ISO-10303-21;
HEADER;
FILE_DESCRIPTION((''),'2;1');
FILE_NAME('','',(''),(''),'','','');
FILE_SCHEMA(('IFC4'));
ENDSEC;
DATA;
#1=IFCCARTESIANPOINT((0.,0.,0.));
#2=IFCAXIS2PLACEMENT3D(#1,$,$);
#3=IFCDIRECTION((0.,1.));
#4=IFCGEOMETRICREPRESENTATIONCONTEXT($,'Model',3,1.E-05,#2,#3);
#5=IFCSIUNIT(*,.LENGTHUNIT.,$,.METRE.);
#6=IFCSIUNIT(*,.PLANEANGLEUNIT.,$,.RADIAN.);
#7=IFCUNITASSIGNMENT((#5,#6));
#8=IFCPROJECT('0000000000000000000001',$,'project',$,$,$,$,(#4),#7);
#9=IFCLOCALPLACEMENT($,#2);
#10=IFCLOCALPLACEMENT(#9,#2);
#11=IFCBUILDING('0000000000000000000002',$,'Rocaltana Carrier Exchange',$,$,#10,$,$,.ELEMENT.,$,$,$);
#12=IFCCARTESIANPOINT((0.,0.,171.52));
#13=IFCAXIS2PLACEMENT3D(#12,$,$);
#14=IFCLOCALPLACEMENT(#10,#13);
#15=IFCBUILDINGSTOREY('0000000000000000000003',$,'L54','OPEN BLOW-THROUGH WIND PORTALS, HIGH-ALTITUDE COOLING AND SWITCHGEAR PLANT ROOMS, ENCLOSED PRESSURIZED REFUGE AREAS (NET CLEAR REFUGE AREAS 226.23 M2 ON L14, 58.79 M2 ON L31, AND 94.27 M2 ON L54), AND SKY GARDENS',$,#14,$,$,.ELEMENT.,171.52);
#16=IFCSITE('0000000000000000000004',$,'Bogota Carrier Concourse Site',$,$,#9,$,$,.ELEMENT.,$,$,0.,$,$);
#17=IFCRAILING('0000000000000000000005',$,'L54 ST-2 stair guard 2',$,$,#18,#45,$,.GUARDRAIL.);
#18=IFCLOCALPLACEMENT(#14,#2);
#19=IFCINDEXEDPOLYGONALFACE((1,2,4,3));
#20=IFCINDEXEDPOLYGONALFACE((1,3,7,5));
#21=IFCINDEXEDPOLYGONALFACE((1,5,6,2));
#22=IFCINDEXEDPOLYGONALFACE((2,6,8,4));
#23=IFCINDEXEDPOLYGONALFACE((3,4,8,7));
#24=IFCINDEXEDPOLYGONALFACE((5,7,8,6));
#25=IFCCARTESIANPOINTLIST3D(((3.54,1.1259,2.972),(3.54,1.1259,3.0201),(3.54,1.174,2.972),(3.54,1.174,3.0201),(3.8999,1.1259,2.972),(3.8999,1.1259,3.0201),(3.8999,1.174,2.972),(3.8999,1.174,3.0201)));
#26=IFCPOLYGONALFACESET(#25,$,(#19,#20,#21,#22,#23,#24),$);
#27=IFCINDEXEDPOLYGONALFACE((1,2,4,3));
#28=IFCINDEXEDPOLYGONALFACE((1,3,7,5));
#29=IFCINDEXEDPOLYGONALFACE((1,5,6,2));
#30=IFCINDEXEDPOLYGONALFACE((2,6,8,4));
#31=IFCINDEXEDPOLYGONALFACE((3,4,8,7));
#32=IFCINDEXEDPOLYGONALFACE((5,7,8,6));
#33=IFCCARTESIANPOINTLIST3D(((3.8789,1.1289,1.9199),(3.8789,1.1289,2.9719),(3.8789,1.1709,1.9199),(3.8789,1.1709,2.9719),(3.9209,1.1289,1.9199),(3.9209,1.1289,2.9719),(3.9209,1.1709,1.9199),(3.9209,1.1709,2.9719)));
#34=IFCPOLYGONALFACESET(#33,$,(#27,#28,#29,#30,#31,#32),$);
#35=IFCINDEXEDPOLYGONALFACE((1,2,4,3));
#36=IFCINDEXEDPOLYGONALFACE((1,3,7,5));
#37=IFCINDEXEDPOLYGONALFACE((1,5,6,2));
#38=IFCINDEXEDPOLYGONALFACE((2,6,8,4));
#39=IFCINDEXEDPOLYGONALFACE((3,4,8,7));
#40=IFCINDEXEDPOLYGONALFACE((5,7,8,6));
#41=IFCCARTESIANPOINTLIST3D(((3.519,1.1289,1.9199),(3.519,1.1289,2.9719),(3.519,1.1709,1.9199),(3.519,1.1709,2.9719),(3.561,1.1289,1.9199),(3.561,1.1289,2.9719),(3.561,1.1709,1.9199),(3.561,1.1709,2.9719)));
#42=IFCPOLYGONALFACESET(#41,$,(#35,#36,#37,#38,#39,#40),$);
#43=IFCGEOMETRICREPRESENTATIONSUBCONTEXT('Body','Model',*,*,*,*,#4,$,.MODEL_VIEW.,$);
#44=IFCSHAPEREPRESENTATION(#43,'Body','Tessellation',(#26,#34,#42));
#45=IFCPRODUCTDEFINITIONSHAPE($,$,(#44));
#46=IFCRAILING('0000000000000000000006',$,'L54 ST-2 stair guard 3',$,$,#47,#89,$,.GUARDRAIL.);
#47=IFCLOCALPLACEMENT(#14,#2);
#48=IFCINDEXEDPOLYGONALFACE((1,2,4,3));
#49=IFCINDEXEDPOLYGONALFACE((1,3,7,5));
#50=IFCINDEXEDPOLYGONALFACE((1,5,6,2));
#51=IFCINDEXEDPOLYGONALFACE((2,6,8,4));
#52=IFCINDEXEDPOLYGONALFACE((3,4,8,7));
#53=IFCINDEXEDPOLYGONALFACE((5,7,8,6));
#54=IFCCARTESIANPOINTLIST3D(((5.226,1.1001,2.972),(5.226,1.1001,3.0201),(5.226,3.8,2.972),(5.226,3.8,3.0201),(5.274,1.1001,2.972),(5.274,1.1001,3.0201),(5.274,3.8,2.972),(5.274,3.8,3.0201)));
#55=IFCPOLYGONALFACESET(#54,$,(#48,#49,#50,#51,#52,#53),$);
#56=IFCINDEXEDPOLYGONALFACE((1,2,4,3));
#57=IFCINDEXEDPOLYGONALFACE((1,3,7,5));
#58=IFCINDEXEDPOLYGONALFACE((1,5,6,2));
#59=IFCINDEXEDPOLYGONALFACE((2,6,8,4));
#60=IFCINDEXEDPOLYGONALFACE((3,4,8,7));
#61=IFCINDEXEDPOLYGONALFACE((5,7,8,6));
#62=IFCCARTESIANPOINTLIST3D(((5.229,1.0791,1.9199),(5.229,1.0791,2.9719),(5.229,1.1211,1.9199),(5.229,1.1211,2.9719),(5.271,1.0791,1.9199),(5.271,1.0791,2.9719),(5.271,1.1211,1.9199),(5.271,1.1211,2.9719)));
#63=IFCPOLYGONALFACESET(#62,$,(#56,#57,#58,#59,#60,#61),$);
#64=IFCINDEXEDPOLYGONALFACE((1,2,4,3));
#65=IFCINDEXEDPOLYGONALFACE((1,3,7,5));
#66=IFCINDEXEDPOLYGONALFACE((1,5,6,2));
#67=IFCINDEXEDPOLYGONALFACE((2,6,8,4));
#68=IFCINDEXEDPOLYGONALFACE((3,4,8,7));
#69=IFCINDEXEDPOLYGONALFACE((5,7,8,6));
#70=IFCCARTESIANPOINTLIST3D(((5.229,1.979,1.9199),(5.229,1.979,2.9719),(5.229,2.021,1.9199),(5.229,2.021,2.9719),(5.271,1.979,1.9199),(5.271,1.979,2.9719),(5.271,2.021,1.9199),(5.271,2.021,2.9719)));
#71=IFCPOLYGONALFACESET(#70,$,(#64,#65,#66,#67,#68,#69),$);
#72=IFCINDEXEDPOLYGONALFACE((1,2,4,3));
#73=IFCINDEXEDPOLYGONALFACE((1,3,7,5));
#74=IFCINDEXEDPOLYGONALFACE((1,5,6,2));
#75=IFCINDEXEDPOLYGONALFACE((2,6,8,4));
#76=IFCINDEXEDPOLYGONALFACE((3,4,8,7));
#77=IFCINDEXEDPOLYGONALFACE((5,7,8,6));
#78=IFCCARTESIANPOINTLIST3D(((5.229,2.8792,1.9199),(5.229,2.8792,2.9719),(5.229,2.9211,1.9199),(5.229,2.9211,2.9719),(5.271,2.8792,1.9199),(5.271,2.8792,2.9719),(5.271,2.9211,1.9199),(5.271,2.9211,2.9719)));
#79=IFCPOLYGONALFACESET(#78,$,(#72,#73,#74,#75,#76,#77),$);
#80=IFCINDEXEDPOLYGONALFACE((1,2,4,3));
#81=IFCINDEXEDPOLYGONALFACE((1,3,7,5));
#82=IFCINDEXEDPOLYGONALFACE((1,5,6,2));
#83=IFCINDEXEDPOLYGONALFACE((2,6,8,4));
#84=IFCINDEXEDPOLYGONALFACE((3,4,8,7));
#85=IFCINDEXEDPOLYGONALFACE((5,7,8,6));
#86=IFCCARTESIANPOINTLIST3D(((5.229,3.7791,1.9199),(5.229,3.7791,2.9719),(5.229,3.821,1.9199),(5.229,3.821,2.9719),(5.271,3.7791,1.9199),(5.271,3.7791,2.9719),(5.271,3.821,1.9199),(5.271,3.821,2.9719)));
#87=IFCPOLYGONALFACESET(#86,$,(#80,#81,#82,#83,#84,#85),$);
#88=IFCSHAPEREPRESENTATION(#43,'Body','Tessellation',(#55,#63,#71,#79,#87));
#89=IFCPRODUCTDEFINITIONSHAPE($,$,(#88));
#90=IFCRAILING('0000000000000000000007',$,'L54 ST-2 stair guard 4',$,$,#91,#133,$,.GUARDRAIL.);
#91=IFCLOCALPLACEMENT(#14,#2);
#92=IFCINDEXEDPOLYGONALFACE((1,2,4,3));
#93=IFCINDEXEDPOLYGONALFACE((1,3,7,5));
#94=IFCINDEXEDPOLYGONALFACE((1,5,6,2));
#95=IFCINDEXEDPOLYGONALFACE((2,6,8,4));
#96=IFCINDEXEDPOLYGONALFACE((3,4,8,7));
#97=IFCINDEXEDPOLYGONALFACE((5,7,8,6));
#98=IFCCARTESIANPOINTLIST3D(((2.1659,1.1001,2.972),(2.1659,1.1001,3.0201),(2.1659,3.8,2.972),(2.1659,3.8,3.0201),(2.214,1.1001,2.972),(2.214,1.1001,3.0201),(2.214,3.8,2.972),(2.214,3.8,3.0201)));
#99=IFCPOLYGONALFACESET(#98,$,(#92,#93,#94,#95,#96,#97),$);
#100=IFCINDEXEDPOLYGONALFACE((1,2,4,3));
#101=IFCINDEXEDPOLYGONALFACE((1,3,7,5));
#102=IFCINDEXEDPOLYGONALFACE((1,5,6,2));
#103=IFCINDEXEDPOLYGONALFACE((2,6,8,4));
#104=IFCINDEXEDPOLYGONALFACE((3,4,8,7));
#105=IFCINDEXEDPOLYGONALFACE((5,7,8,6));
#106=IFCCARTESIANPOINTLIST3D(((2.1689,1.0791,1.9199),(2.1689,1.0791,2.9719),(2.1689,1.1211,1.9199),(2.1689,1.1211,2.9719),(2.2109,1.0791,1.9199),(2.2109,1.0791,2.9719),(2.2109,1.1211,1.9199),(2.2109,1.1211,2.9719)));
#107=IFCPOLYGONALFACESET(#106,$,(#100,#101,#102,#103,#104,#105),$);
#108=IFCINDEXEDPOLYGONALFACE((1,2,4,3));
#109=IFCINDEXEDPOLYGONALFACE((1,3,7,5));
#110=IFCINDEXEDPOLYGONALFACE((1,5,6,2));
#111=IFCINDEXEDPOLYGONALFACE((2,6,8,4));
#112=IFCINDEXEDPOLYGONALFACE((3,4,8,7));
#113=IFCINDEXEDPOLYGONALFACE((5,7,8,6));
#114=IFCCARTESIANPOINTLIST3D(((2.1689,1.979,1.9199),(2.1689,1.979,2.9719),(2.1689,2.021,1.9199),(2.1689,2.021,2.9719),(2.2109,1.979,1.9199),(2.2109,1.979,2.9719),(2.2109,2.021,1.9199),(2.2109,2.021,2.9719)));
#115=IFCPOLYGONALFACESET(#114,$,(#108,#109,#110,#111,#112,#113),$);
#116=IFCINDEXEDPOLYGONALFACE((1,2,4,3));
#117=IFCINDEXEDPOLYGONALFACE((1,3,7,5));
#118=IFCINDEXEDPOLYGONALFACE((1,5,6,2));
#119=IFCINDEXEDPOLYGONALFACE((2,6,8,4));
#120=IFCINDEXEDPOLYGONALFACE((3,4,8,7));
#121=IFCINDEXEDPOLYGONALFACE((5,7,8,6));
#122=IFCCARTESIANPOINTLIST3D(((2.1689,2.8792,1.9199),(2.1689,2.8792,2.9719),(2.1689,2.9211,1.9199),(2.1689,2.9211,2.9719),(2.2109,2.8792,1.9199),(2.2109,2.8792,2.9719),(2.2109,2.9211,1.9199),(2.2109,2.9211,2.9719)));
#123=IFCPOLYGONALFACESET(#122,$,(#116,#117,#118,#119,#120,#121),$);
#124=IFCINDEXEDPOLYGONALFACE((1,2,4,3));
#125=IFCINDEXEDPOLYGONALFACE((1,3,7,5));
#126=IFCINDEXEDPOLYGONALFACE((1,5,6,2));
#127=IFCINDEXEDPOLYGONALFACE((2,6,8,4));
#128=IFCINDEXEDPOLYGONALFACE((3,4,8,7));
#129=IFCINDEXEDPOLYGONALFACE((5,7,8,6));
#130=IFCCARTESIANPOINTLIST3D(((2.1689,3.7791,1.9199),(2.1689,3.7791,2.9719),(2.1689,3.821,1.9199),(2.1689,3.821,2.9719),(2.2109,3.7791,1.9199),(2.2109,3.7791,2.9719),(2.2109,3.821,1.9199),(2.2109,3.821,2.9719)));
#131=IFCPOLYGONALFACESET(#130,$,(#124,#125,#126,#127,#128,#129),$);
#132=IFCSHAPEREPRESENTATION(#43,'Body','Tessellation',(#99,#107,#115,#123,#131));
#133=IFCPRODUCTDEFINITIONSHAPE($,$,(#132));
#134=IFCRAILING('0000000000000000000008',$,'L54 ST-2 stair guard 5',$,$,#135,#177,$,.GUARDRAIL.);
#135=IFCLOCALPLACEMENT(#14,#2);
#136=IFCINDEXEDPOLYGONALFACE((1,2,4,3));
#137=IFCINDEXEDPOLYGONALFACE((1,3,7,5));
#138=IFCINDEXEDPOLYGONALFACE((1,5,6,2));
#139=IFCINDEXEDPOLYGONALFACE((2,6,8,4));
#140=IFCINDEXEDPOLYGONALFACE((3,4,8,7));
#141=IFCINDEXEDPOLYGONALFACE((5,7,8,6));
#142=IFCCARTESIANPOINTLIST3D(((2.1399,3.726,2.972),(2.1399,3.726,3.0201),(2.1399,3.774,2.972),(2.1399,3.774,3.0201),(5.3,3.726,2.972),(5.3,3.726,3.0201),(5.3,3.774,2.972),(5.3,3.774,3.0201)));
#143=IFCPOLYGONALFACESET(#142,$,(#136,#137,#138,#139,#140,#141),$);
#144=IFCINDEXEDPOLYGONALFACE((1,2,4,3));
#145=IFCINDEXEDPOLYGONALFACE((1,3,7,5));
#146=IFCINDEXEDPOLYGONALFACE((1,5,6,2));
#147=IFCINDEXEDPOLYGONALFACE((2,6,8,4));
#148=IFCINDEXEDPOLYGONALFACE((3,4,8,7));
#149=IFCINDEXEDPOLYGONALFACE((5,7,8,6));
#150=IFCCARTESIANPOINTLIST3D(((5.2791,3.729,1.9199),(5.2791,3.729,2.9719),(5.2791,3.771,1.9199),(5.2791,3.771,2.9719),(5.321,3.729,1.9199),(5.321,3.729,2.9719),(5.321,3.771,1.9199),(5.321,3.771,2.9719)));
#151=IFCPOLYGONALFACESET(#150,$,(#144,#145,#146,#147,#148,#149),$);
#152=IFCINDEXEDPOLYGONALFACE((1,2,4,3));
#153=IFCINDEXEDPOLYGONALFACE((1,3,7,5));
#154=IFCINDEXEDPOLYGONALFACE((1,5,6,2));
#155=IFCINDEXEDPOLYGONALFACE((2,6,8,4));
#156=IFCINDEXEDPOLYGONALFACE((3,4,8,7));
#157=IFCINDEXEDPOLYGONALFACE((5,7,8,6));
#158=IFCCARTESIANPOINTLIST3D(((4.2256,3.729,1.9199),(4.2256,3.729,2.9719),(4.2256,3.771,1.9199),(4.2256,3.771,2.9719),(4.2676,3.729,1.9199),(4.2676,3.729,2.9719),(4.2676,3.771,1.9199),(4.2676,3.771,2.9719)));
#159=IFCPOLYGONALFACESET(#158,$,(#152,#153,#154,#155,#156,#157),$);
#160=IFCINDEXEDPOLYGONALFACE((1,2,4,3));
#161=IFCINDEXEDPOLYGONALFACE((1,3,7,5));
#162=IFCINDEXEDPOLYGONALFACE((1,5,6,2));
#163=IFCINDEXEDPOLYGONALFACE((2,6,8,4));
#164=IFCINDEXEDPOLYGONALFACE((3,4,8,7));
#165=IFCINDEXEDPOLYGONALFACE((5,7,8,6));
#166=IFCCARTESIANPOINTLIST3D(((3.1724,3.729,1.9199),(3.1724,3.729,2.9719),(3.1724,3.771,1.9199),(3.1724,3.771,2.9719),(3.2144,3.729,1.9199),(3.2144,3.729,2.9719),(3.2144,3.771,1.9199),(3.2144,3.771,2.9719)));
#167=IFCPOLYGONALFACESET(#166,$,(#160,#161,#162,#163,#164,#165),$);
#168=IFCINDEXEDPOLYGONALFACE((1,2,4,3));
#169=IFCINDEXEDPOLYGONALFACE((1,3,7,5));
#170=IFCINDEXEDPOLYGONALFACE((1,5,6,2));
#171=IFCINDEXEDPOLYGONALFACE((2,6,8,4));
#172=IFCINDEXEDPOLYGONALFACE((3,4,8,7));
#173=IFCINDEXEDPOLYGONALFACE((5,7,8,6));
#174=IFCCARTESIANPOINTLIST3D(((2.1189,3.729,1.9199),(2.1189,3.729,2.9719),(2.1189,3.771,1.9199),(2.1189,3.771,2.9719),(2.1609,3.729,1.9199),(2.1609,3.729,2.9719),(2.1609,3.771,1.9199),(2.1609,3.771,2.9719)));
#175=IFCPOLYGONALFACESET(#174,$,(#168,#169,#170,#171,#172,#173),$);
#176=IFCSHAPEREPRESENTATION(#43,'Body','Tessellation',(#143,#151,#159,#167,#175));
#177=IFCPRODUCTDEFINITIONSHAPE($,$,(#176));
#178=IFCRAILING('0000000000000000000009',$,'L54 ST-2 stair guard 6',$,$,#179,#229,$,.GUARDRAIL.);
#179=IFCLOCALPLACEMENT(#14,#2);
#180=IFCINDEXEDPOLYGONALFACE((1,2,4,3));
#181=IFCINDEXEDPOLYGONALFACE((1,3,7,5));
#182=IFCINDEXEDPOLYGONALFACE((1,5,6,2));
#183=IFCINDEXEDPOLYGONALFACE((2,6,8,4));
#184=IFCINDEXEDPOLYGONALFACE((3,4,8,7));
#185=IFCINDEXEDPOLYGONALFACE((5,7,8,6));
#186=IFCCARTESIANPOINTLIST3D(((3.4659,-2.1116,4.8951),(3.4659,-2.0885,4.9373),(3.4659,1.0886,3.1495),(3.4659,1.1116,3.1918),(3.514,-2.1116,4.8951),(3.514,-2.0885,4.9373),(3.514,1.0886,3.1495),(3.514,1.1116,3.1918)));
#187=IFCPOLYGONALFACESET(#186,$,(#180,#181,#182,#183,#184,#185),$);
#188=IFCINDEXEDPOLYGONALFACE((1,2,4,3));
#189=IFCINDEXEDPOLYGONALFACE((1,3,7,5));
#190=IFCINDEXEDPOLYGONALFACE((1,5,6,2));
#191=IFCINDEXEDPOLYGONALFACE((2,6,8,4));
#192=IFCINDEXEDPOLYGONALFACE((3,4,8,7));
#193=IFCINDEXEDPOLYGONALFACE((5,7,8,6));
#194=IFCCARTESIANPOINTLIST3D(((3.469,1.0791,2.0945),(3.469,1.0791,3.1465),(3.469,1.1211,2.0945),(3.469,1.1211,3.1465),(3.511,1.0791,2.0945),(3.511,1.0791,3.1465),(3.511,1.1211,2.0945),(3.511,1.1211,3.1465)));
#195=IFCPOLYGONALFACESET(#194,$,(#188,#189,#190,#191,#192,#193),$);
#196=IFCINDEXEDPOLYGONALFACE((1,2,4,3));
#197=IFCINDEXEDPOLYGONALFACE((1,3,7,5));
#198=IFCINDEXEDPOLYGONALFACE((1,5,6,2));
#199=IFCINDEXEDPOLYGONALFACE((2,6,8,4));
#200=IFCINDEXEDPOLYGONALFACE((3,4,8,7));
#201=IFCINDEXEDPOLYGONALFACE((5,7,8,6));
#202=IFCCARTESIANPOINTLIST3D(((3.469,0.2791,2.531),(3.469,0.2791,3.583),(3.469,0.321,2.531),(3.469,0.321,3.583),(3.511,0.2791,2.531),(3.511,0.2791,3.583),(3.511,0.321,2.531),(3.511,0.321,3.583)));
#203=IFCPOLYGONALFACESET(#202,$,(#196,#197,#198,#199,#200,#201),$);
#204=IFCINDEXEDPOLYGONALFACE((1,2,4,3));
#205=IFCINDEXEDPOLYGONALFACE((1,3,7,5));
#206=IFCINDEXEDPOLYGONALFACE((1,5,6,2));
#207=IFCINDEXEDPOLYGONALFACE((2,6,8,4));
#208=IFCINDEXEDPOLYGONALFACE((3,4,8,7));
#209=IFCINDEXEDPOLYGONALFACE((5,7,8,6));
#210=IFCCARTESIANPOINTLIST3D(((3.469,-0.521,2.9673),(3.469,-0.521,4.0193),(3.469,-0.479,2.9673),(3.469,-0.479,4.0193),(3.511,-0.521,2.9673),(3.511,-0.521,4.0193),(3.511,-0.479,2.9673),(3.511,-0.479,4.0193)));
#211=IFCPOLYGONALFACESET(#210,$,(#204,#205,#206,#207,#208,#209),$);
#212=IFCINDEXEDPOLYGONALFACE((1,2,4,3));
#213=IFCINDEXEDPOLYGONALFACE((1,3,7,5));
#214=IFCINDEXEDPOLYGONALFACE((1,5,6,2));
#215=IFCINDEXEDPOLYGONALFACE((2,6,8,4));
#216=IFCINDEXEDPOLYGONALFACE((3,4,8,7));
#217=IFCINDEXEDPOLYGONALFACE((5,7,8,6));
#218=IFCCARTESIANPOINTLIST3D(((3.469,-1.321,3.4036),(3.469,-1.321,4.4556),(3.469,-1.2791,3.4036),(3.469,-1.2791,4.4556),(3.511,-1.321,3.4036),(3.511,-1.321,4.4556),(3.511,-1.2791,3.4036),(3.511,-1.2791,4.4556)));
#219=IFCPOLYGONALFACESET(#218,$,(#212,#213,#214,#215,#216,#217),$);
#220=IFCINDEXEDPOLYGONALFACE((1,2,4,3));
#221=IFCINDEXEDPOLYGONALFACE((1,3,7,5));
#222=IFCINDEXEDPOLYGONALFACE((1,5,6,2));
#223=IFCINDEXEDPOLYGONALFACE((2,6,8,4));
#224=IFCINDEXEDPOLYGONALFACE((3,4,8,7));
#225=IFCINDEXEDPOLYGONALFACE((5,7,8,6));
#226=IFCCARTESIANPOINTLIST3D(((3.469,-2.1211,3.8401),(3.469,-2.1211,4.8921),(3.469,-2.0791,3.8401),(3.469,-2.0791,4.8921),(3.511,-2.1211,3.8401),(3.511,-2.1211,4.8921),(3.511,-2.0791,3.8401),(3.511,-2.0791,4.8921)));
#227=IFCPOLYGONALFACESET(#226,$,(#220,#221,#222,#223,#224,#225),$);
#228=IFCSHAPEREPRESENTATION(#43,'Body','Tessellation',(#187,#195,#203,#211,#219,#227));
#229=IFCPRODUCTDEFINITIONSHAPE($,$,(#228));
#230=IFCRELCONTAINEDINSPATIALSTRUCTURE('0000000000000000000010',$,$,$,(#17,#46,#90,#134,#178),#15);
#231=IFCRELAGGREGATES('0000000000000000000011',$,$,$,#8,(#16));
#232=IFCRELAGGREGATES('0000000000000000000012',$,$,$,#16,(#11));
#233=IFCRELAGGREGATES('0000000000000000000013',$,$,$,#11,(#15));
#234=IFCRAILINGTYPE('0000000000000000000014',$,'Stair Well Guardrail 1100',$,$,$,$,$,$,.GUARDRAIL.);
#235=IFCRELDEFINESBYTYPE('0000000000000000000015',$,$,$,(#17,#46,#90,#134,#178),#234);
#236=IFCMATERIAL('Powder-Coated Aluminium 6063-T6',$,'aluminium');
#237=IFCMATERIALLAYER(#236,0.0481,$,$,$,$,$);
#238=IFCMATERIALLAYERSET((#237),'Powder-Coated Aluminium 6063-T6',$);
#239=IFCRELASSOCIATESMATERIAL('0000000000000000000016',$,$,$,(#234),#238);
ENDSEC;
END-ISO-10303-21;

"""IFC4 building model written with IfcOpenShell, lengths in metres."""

from ifc_helpers import new_model, si_unit, direction, frame, origin, origin_2d, place, context, subcontext, project, spatial, rectangle, extrude, material, layer, layer_set, type_object, element, save


model = new_model("IFC4")

# Units and contexts
model_context = context("Model", 3, precision=1e-05, world=origin(), true_north=direction((0.0, 1.0)))
body_context = subcontext(model_context, "Body", "Model", "MODEL_VIEW")
ifc_project = project(units=[si_unit("LENGTHUNIT", "METRE"), si_unit("PLANEANGLEUNIT", "RADIAN")], contexts=[model_context])

# Site, building, storey
site_placement = place(None, origin())
site = spatial("IfcSite", under=ifc_project, at=site_placement, Name="Bogota Carrier Concourse Site", CompositionType="ELEMENT", RefElevation=0.0)
building_placement = place(site_placement, origin())
building = spatial("IfcBuilding", under=site, at=building_placement, Name="Rocaltana Carrier Exchange", CompositionType="ELEMENT")
storey_placement = place(building_placement, frame((0.0, 0.0, 171.52)))
storey = spatial("IfcBuildingStorey", under=building, at=storey_placement, Name="L54", Description="OPEN BLOW-THROUGH WIND PORTALS, HIGH-ALTITUDE COOLING AND SWITCHGEAR PLANT ROOMS, ENCLOSED PRESSURIZED REFUGE AREAS (NET CLEAR REFUGE AREAS 226.23 M2 ON L14, 58.79 M2 ON L31, AND 94.27 M2 ON L54), AND SKY GARDENS", CompositionType="ELEMENT", Elevation=171.52)

# Railings
ifc_material_1 = material(Name="Powder-Coated Aluminium 6063-T6", Category="aluminium")
ifc_layer_1 = layer(ifc_material_1, 0.0481)
ifc_layer_set_1 = layer_set([ifc_layer_1], Name="Powder-Coated Aluminium 6063-T6")
railing_type_1 = type_object("IfcRailingType", Name="Stair Well Guardrail 1100", PredefinedType="GUARDRAIL", material=ifc_layer_set_1)
railing_1_placement = place(storey_placement, frame((3.8999, 1.1499, 1.9199)))
element("IfcRailing", 1, at=railing_1_placement, inside=storey, type_object=railing_type_1, Name="L54 ST-2 stair guard 2", PredefinedType="GUARDRAIL", context=body_context, shape_type="SweptSolid", body=[
    extrude(rectangle(XDim=0.0481, YDim=0.0481, at=origin_2d()), frame((0.0, 0.0, 1.0762), z_axis=(-1.0, 0.0, 0.0), x_axis=(0.0, -1.0, 0.0)), (0.0, 0.0, 1.0), 0.3599),
    extrude(rectangle(XDim=0.042, YDim=0.042, at=origin_2d()), origin(), (0.0, 0.0, 1.0), 1.052),
    extrude(rectangle(XDim=0.042, YDim=0.042, at=origin_2d()), frame((-0.3599, 0.0, 0.0)), (0.0, 0.0, 1.0), 1.052),
])
for number, where, name in (
    (2, (5.25, 1.1001, 1.9199), "L54 ST-2 stair guard 3"),
    (3, (2.1899, 1.1001, 1.9199), "L54 ST-2 stair guard 4"),
):
    element("IfcRailing", number, at=place(storey_placement, frame(where)), inside=storey, type_object=railing_type_1, Name=name, PredefinedType="GUARDRAIL", context=body_context, shape_type="SweptSolid", body=[
        extrude(rectangle(XDim=0.0481, YDim=0.0481, at=origin_2d()), frame((0.0, 0.0, 1.0762), z_axis=(0.0, 1.0, 0.0), x_axis=(-1.0, 0.0, 0.0)), (0.0, 0.0, 1.0), 2.7),
        extrude(rectangle(XDim=0.042, YDim=0.042, at=origin_2d()), origin(), (0.0, 0.0, 1.0), 1.052),
        extrude(rectangle(XDim=0.042, YDim=0.042, at=origin_2d()), frame((0.0, 0.8999, 0.0)), (0.0, 0.0, 1.0), 1.052),
        extrude(rectangle(XDim=0.042, YDim=0.042, at=origin_2d()), frame((0.0, 1.8, 0.0)), (0.0, 0.0, 1.0), 1.052),
        extrude(rectangle(XDim=0.042, YDim=0.042, at=origin_2d()), frame((0.0, 2.7, 0.0)), (0.0, 0.0, 1.0), 1.052),
    ])
railing_2_placement = place(storey_placement, frame((5.3, 3.75, 1.9199)))
element("IfcRailing", 4, at=railing_2_placement, inside=storey, type_object=railing_type_1, Name="L54 ST-2 stair guard 5", PredefinedType="GUARDRAIL", context=body_context, shape_type="SweptSolid", body=[
    extrude(rectangle(XDim=0.0481, YDim=0.0481, at=origin_2d()), frame((0.0, 0.0, 1.0762), z_axis=(-1.0, 0.0, 0.0), x_axis=(0.0, -1.0, 0.0)), (0.0, 0.0, 1.0), 3.1602),
    extrude(rectangle(XDim=0.042, YDim=0.042, at=origin_2d()), origin(), (0.0, 0.0, 1.0), 1.052),
    extrude(rectangle(XDim=0.042, YDim=0.042, at=origin_2d()), frame((-1.0535, 0.0, 0.0)), (0.0, 0.0, 1.0), 1.052),
    extrude(rectangle(XDim=0.042, YDim=0.042, at=origin_2d()), frame((-2.1067, 0.0, 0.0)), (0.0, 0.0, 1.0), 1.052),
    extrude(rectangle(XDim=0.042, YDim=0.042, at=origin_2d()), frame((-3.1602, 0.0, 0.0)), (0.0, 0.0, 1.0), 1.052),
])
railing_3_placement = place(storey_placement, frame((3.49, 1.1001, 2.0945)))
element("IfcRailing", 5, at=railing_3_placement, inside=storey, type_object=railing_type_1, Name="L54 ST-2 stair guard 6", PredefinedType="GUARDRAIL", context=body_context, shape_type="SweptSolid", body=[
    extrude(rectangle(XDim=0.0481, YDim=0.0481, at=origin_2d()), frame((0.0, 0.0, 1.0762), z_axis=(0.0, -0.87789, 0.478862), x_axis=(1.0, 0.0, 0.0)), (0.0, 0.0, 1.0), 3.6453),
    extrude(rectangle(XDim=0.042, YDim=0.042, at=origin_2d()), origin(), (0.0, 0.0, 1.0), 1.052),
    extrude(rectangle(XDim=0.042, YDim=0.042, at=origin_2d()), frame((0.0, -0.8, 0.4365)), (0.0, 0.0, 1.0), 1.052),
    extrude(rectangle(XDim=0.042, YDim=0.042, at=origin_2d()), frame((0.0, -1.6001, 0.8728)), (0.0, 0.0, 1.0), 1.052),
    extrude(rectangle(XDim=0.042, YDim=0.042, at=origin_2d()), frame((0.0, -2.4001, 1.3091)), (0.0, 0.0, 1.0), 1.052),
    extrude(rectangle(XDim=0.042, YDim=0.042, at=origin_2d()), frame((0.0, -3.2002, 1.7456)), (0.0, 0.0, 1.0), 1.052),
])

save(model, "model.ifc")
